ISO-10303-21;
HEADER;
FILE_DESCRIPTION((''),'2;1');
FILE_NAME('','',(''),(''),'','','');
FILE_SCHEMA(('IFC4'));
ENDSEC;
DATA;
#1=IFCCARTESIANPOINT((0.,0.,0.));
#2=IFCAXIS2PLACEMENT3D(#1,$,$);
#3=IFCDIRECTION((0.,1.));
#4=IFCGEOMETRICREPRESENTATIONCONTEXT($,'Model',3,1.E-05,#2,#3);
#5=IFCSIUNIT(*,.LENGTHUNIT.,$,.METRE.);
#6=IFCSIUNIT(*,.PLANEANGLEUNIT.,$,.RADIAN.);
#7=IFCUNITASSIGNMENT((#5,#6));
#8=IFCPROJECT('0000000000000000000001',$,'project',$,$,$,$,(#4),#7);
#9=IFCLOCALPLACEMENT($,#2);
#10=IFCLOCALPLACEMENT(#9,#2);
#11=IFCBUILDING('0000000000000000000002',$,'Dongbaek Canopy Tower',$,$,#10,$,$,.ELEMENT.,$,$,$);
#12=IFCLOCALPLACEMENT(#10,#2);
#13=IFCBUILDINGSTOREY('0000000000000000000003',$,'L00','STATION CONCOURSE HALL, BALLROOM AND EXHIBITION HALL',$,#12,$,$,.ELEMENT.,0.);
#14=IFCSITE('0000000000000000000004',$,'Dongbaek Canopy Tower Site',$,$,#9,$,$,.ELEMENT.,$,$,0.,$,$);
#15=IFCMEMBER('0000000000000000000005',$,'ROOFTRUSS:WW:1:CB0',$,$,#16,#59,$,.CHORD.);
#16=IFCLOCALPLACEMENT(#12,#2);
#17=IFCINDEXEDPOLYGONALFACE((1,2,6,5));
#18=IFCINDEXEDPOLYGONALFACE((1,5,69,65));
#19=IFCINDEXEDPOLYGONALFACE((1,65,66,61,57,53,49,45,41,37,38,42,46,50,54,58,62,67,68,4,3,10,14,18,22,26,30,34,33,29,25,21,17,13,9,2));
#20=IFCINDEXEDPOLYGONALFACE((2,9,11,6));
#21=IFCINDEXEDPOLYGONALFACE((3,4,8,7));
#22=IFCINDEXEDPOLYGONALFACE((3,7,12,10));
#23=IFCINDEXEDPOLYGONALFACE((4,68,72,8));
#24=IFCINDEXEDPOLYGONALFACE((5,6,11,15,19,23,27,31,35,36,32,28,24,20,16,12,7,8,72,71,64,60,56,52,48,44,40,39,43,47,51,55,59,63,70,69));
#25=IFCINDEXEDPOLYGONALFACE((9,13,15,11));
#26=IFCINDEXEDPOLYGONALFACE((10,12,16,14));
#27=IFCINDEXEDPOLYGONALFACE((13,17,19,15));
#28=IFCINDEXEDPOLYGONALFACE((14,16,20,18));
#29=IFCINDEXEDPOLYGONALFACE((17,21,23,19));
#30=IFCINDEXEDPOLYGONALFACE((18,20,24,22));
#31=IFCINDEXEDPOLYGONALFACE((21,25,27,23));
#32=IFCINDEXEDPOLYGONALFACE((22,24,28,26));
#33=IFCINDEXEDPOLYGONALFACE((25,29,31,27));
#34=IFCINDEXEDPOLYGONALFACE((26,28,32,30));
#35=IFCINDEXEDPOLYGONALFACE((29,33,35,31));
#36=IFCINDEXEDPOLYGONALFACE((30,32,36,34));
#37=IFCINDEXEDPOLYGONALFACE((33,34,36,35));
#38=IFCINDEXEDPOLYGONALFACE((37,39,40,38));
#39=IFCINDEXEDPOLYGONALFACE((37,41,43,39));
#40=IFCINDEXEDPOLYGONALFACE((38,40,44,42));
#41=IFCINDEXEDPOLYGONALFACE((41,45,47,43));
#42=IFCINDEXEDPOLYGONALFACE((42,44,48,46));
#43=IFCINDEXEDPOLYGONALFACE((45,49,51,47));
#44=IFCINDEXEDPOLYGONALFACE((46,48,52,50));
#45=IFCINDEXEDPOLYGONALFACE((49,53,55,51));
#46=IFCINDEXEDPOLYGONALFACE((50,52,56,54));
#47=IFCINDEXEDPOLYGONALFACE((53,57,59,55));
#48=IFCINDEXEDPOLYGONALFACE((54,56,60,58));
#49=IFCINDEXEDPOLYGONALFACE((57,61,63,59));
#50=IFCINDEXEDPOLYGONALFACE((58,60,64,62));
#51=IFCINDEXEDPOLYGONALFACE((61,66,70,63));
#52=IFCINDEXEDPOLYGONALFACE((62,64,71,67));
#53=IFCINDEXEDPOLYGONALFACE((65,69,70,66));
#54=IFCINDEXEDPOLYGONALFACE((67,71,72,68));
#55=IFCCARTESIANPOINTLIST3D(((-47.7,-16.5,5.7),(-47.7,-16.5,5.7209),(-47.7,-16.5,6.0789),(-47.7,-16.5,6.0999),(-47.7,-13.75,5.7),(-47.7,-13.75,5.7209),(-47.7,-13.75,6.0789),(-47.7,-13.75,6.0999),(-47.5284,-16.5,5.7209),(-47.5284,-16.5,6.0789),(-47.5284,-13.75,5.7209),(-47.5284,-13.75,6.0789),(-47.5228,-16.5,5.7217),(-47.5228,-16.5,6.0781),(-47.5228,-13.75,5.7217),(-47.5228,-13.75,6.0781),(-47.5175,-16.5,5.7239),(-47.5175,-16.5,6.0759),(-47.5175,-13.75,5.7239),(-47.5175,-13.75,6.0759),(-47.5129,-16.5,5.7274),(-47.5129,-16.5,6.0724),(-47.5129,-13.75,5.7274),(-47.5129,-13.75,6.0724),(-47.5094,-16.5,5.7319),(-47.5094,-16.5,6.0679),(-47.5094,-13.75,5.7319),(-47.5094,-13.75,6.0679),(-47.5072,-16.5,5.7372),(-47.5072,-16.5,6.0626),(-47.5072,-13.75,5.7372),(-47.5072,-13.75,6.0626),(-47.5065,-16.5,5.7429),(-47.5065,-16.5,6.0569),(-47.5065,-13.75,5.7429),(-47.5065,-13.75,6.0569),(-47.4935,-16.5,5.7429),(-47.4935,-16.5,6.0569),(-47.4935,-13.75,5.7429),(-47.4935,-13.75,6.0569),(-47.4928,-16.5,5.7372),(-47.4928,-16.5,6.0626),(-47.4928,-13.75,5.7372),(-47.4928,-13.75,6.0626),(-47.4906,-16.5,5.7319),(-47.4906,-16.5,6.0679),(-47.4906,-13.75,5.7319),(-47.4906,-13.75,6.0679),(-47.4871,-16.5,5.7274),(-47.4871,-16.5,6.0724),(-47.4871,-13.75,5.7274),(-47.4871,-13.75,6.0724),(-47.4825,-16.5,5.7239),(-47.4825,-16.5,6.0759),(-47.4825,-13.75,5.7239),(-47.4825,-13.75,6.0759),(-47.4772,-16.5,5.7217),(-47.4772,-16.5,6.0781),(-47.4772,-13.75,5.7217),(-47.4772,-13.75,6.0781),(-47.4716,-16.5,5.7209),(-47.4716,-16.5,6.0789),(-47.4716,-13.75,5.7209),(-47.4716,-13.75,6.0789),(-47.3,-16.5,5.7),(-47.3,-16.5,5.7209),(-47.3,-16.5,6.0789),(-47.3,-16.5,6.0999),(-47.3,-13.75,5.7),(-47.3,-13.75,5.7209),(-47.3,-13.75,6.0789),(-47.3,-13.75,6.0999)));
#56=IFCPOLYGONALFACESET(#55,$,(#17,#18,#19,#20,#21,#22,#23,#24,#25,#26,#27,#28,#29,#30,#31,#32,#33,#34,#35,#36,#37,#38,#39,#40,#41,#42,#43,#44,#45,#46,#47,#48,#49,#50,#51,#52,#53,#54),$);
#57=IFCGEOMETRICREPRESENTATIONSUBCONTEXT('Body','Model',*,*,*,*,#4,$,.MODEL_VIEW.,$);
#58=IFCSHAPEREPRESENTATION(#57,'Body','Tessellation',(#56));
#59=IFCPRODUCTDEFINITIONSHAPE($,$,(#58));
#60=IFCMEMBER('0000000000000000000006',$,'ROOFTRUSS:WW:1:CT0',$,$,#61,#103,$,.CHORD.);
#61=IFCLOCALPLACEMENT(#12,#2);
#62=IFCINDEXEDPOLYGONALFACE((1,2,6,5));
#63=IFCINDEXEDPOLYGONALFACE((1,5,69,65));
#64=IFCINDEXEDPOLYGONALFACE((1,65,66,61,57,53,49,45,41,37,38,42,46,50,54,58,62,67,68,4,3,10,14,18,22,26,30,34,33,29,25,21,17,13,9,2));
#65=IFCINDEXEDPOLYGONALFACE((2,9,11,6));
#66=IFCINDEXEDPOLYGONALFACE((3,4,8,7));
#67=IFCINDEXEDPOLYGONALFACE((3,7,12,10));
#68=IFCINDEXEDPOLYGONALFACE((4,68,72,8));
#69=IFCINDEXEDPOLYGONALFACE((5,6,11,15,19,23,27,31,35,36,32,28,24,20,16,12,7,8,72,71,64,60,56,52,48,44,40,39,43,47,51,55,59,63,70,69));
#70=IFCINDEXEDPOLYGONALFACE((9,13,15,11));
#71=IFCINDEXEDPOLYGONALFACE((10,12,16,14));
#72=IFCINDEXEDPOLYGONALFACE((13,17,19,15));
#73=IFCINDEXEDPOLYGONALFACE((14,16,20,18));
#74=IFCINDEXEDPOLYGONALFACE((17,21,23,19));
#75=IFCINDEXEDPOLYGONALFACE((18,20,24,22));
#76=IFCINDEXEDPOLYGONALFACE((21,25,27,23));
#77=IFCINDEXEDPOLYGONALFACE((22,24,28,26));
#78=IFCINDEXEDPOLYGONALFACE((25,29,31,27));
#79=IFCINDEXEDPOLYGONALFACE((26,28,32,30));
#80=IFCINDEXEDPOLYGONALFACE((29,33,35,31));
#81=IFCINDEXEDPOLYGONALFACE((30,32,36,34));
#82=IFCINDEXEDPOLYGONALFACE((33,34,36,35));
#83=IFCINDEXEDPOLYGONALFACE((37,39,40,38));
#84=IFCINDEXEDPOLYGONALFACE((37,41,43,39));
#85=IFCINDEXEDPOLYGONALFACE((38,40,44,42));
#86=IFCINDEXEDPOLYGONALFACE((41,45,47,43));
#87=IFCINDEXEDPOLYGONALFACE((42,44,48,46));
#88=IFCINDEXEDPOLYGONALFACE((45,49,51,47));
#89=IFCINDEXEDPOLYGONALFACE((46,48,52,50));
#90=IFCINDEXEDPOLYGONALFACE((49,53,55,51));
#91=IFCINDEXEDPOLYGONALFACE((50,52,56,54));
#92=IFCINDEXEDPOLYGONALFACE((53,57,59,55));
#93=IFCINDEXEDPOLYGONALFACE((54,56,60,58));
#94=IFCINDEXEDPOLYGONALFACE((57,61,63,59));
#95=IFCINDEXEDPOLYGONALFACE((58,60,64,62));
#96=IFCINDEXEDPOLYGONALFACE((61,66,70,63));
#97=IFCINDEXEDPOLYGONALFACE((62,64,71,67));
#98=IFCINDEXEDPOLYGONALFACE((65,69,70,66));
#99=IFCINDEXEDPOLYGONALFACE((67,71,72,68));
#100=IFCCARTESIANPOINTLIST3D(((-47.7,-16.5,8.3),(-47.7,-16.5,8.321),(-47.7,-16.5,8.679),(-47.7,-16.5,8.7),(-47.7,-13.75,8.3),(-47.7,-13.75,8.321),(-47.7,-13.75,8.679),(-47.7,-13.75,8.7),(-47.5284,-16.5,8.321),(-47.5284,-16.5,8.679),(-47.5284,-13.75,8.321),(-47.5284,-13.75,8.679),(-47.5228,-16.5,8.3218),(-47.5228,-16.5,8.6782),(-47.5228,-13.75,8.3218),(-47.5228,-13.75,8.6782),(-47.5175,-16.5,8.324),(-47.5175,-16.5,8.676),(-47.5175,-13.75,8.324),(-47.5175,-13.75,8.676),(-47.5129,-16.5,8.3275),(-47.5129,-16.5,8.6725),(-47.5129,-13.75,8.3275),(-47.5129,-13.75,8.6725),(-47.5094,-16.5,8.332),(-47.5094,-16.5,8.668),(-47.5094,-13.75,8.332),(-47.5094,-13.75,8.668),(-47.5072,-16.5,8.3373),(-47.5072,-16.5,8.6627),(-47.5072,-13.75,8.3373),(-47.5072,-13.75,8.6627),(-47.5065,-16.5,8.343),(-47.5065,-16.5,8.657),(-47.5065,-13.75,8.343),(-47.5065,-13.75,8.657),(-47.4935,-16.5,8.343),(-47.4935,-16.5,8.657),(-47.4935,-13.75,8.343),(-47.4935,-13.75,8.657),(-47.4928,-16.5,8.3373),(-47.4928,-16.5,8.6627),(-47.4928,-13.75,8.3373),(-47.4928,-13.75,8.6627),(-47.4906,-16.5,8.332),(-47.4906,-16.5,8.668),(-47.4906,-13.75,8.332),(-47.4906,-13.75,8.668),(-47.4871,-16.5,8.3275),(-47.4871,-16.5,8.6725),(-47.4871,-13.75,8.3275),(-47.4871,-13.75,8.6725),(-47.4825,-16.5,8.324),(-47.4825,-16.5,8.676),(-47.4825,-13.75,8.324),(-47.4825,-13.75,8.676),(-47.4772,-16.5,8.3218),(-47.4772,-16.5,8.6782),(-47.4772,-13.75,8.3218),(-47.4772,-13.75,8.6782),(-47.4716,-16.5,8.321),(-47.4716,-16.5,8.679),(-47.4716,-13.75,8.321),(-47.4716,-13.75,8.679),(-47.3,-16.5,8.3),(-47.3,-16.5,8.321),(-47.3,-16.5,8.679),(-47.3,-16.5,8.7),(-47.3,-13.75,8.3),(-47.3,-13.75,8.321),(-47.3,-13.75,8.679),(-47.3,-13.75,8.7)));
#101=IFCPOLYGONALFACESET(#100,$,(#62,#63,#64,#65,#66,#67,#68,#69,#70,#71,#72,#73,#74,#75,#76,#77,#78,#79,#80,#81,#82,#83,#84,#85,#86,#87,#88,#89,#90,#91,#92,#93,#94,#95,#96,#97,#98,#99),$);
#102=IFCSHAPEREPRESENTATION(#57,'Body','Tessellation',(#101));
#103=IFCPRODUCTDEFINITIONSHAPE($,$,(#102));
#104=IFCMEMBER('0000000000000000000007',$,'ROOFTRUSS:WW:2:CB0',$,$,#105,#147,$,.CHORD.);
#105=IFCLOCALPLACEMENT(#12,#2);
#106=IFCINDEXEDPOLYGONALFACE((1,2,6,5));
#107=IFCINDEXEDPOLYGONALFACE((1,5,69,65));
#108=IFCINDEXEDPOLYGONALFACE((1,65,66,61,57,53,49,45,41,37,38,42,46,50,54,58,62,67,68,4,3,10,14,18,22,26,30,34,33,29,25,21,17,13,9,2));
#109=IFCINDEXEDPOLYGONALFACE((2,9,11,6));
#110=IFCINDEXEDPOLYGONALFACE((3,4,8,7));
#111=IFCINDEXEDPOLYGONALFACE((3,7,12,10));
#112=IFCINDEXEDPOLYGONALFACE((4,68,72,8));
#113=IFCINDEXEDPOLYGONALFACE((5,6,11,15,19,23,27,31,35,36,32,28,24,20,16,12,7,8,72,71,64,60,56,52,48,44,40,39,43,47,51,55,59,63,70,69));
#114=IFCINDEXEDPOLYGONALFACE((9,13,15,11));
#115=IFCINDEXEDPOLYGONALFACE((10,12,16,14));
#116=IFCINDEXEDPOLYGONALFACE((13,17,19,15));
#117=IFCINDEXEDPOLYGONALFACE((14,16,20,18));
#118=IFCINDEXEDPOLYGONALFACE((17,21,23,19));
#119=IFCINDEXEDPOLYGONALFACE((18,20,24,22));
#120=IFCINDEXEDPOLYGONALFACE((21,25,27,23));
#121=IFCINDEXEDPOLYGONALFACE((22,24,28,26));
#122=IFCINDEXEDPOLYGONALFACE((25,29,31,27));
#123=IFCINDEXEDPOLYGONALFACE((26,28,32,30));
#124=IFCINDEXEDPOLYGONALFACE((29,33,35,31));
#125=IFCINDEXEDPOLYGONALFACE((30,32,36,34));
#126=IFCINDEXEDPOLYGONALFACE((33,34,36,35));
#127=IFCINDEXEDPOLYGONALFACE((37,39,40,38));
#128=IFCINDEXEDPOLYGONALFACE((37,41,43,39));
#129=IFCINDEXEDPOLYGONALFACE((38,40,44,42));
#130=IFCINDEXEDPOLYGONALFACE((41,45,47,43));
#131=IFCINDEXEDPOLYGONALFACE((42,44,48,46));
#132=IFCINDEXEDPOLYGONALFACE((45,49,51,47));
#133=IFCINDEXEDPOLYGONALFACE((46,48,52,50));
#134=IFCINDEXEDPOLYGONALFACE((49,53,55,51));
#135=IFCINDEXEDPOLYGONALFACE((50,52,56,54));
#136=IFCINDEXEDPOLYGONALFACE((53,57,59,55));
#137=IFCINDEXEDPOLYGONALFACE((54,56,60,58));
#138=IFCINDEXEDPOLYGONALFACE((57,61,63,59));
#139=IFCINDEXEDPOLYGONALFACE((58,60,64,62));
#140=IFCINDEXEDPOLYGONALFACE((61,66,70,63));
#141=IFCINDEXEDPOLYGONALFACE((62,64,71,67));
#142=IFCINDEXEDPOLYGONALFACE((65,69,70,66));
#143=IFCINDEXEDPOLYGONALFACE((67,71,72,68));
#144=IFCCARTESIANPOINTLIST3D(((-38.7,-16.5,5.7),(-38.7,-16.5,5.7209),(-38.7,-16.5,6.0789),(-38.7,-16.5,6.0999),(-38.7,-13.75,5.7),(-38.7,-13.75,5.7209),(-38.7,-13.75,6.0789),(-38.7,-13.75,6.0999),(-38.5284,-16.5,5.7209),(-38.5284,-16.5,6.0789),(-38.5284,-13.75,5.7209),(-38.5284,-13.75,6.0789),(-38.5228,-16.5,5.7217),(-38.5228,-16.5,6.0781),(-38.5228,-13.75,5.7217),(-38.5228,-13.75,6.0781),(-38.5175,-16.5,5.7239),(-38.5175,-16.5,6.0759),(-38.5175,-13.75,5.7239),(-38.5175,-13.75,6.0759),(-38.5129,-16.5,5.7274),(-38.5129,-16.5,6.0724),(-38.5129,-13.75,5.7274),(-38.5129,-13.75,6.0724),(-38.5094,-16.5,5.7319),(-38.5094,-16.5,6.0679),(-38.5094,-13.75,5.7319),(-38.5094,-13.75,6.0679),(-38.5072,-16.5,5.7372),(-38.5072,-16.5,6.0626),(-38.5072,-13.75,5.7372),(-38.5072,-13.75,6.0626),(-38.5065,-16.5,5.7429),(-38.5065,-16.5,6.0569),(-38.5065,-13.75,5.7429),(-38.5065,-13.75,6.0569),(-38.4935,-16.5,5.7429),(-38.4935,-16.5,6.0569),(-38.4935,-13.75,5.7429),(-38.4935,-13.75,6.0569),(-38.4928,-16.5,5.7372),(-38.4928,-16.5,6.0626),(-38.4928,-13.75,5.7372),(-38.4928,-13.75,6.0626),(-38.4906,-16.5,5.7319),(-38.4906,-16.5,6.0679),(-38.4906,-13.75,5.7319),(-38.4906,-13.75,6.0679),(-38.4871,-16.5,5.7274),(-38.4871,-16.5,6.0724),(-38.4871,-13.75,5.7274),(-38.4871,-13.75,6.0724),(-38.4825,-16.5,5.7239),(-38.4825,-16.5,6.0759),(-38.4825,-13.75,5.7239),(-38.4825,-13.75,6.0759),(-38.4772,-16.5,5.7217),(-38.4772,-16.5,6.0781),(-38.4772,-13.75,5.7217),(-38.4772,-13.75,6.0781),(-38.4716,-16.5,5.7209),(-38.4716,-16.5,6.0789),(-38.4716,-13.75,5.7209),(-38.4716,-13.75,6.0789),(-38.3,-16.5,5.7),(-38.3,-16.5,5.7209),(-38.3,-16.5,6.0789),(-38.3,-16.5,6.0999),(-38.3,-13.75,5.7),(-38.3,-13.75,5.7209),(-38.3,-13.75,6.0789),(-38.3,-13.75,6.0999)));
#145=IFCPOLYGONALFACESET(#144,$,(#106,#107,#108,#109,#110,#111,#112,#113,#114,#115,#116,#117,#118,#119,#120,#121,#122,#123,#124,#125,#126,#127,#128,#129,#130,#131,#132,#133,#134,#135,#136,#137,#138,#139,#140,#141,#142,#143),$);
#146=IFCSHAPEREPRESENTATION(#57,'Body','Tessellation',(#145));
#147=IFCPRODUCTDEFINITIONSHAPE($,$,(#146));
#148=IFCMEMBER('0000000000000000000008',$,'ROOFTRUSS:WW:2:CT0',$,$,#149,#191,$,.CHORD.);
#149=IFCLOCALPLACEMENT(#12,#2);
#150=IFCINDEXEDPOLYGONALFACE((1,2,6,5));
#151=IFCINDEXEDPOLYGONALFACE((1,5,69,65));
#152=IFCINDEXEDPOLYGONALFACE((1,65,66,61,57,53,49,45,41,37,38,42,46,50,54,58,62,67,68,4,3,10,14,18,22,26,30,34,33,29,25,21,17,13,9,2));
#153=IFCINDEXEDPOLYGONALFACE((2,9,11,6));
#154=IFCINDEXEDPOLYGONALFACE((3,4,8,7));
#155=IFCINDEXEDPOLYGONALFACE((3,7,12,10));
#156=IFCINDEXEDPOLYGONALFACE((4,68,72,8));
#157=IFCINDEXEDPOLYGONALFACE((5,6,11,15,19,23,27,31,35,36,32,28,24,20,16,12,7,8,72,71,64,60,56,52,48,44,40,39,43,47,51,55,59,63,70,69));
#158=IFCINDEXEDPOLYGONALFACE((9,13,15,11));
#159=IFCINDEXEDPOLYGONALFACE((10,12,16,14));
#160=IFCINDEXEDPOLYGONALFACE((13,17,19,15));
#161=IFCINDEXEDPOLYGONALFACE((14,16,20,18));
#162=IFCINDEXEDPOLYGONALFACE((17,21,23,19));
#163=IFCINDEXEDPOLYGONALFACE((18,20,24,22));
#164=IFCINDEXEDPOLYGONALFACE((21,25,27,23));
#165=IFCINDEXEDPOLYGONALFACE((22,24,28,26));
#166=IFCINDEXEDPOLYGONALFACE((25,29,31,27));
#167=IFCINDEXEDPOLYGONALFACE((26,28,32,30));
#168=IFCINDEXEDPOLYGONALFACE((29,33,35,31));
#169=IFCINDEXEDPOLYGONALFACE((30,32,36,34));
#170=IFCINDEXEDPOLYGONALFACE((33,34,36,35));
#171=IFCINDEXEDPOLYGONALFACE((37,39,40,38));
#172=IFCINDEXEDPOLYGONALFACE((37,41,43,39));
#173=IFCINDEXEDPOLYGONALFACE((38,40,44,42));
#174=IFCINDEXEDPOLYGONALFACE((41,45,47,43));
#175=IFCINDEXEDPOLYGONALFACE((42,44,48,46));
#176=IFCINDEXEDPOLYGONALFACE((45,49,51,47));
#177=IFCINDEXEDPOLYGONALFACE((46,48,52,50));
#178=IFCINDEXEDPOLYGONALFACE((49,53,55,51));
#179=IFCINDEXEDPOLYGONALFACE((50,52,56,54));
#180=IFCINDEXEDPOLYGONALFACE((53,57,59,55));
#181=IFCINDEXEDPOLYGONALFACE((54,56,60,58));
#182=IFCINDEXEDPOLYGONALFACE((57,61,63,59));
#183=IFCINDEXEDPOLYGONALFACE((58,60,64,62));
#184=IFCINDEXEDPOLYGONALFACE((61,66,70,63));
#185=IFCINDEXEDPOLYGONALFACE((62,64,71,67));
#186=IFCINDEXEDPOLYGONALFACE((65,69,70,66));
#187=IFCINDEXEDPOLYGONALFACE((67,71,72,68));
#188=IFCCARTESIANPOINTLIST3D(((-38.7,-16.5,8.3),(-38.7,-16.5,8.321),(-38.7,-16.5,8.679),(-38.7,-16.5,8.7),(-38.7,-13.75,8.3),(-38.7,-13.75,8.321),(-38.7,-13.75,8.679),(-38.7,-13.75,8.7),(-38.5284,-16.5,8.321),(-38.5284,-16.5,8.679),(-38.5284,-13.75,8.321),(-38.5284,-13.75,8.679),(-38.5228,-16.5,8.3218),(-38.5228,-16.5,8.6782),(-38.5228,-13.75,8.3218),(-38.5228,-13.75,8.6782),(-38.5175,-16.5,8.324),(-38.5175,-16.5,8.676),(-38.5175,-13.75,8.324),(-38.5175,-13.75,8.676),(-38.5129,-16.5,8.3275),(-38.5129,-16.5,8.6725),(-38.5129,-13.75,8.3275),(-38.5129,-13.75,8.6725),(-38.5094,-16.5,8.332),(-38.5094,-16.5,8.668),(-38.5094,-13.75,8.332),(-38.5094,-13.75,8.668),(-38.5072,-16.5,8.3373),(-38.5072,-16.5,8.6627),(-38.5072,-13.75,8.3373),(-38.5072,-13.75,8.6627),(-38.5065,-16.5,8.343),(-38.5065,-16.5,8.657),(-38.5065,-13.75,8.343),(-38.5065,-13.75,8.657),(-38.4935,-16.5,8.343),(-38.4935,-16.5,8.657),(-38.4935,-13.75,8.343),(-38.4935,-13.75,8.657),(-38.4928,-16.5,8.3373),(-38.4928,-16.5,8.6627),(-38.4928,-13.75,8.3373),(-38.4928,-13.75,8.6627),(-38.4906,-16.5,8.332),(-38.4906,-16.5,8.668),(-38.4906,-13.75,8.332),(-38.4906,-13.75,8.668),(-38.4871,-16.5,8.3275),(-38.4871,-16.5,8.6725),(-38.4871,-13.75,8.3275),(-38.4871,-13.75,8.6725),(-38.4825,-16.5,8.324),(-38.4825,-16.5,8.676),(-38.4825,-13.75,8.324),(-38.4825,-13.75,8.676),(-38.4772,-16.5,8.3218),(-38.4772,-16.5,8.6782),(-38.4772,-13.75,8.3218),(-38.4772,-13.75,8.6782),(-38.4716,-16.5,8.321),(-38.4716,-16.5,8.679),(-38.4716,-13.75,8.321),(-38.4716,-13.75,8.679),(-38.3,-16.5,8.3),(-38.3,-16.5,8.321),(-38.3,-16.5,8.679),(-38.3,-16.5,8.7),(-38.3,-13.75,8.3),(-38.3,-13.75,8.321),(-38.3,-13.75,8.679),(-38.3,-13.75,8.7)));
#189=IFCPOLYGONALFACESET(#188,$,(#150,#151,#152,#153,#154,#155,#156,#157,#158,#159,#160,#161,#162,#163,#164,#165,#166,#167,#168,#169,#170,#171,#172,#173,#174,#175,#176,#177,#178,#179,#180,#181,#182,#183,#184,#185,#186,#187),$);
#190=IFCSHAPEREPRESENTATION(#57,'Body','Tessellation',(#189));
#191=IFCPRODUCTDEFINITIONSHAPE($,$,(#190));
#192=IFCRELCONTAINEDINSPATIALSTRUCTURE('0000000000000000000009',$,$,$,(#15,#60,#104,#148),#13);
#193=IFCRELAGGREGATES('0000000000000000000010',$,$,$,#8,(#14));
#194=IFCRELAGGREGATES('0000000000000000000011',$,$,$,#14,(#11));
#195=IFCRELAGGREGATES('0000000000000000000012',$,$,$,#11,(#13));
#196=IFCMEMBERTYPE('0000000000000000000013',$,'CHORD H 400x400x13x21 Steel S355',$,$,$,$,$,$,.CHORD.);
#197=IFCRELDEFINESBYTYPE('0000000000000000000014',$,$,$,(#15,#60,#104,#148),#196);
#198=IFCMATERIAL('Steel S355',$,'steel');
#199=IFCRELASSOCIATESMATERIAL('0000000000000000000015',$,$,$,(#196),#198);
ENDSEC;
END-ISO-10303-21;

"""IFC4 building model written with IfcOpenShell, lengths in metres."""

from ifc_helpers import new_model, si_unit, direction, frame, origin, origin_2d, place, context, subcontext, project, spatial, i_section, extrude, material, material_profile, profile_set, type_object, element, save


model = new_model("IFC4")

# Units and contexts
model_context = context("Model", 3, precision=1e-05, world=origin(), true_north=direction((0.0, 1.0)))
body_context = subcontext(model_context, "Body", "Model", "MODEL_VIEW")
ifc_project = project(units=[si_unit("LENGTHUNIT", "METRE"), si_unit("PLANEANGLEUNIT", "RADIAN")], contexts=[model_context])

# Site, building, storey
site_placement = place(None, origin())
site = spatial("IfcSite", under=ifc_project, at=site_placement, Name="Dongbaek Canopy Tower Site", CompositionType="ELEMENT", RefElevation=0.0)
building_placement = place(site_placement, origin())
building = spatial("IfcBuilding", under=site, at=building_placement, Name="Dongbaek Canopy Tower", CompositionType="ELEMENT")
storey_placement = place(building_placement, origin())
storey = spatial("IfcBuildingStorey", under=building, at=storey_placement, Name="L00", Description="STATION CONCOURSE HALL, BALLROOM AND EXHIBITION HALL", CompositionType="ELEMENT", Elevation=0.0)

# Members
ifc_material_1 = material(Name="Steel S355", Category="steel")
ifc_material_profile_1 = material_profile(ifc_material_1, i_section(OverallWidth=0.3999, OverallDepth=0.3999, WebThickness=0.0129, FlangeThickness=0.021, FilletRadius=0.022, at=origin_2d()), Name="CHORD H 400x400x13x21 Steel S355")
ifc_profile_set_1 = profile_set([ifc_material_profile_1], Name="Steel S355")
member_type_1 = type_object("IfcMemberType", Name="CHORD H 400x400x13x21 Steel S355", PredefinedType="CHORD", material=ifc_profile_set_1)
for number, where, z_axis, x_axis, name in (
    (1, (-47.5, -16.5, 5.8999), (0.0, 1.0, 0.0), (-1.0, 0.0, 0.0), "ROOFTRUSS:WW:1:CB0"),
    (2, (-47.5, -16.5, 8.5), (0.0, 1.0, 0.0), (-1.0, 0.0, 0.0), "ROOFTRUSS:WW:1:CT0"),
    (3, (-38.5, -16.5, 5.8999), (0.0, 1.0, 0.0), (-1.0, 0.0, 0.0), "ROOFTRUSS:WW:2:CB0"),
    (4, (-38.5, -16.5, 8.5), (0.0, 1.0, 0.0), (-1.0, 0.0, 0.0), "ROOFTRUSS:WW:2:CT0"),
):
    element("IfcMember", number, at=place(storey_placement, frame(where, z_axis=z_axis, x_axis=x_axis)), inside=storey, type_object=member_type_1, Name=name, PredefinedType="CHORD", context=body_context, shape_type="SweptSolid", body=[
        extrude(i_section(OverallWidth=0.3999, OverallDepth=0.3999, WebThickness=0.0129, FlangeThickness=0.021, FilletRadius=0.022, at=origin_2d()), origin(), (0.0, 0.0, 1.0), 2.75),
    ])

save(model, "model.ifc")
